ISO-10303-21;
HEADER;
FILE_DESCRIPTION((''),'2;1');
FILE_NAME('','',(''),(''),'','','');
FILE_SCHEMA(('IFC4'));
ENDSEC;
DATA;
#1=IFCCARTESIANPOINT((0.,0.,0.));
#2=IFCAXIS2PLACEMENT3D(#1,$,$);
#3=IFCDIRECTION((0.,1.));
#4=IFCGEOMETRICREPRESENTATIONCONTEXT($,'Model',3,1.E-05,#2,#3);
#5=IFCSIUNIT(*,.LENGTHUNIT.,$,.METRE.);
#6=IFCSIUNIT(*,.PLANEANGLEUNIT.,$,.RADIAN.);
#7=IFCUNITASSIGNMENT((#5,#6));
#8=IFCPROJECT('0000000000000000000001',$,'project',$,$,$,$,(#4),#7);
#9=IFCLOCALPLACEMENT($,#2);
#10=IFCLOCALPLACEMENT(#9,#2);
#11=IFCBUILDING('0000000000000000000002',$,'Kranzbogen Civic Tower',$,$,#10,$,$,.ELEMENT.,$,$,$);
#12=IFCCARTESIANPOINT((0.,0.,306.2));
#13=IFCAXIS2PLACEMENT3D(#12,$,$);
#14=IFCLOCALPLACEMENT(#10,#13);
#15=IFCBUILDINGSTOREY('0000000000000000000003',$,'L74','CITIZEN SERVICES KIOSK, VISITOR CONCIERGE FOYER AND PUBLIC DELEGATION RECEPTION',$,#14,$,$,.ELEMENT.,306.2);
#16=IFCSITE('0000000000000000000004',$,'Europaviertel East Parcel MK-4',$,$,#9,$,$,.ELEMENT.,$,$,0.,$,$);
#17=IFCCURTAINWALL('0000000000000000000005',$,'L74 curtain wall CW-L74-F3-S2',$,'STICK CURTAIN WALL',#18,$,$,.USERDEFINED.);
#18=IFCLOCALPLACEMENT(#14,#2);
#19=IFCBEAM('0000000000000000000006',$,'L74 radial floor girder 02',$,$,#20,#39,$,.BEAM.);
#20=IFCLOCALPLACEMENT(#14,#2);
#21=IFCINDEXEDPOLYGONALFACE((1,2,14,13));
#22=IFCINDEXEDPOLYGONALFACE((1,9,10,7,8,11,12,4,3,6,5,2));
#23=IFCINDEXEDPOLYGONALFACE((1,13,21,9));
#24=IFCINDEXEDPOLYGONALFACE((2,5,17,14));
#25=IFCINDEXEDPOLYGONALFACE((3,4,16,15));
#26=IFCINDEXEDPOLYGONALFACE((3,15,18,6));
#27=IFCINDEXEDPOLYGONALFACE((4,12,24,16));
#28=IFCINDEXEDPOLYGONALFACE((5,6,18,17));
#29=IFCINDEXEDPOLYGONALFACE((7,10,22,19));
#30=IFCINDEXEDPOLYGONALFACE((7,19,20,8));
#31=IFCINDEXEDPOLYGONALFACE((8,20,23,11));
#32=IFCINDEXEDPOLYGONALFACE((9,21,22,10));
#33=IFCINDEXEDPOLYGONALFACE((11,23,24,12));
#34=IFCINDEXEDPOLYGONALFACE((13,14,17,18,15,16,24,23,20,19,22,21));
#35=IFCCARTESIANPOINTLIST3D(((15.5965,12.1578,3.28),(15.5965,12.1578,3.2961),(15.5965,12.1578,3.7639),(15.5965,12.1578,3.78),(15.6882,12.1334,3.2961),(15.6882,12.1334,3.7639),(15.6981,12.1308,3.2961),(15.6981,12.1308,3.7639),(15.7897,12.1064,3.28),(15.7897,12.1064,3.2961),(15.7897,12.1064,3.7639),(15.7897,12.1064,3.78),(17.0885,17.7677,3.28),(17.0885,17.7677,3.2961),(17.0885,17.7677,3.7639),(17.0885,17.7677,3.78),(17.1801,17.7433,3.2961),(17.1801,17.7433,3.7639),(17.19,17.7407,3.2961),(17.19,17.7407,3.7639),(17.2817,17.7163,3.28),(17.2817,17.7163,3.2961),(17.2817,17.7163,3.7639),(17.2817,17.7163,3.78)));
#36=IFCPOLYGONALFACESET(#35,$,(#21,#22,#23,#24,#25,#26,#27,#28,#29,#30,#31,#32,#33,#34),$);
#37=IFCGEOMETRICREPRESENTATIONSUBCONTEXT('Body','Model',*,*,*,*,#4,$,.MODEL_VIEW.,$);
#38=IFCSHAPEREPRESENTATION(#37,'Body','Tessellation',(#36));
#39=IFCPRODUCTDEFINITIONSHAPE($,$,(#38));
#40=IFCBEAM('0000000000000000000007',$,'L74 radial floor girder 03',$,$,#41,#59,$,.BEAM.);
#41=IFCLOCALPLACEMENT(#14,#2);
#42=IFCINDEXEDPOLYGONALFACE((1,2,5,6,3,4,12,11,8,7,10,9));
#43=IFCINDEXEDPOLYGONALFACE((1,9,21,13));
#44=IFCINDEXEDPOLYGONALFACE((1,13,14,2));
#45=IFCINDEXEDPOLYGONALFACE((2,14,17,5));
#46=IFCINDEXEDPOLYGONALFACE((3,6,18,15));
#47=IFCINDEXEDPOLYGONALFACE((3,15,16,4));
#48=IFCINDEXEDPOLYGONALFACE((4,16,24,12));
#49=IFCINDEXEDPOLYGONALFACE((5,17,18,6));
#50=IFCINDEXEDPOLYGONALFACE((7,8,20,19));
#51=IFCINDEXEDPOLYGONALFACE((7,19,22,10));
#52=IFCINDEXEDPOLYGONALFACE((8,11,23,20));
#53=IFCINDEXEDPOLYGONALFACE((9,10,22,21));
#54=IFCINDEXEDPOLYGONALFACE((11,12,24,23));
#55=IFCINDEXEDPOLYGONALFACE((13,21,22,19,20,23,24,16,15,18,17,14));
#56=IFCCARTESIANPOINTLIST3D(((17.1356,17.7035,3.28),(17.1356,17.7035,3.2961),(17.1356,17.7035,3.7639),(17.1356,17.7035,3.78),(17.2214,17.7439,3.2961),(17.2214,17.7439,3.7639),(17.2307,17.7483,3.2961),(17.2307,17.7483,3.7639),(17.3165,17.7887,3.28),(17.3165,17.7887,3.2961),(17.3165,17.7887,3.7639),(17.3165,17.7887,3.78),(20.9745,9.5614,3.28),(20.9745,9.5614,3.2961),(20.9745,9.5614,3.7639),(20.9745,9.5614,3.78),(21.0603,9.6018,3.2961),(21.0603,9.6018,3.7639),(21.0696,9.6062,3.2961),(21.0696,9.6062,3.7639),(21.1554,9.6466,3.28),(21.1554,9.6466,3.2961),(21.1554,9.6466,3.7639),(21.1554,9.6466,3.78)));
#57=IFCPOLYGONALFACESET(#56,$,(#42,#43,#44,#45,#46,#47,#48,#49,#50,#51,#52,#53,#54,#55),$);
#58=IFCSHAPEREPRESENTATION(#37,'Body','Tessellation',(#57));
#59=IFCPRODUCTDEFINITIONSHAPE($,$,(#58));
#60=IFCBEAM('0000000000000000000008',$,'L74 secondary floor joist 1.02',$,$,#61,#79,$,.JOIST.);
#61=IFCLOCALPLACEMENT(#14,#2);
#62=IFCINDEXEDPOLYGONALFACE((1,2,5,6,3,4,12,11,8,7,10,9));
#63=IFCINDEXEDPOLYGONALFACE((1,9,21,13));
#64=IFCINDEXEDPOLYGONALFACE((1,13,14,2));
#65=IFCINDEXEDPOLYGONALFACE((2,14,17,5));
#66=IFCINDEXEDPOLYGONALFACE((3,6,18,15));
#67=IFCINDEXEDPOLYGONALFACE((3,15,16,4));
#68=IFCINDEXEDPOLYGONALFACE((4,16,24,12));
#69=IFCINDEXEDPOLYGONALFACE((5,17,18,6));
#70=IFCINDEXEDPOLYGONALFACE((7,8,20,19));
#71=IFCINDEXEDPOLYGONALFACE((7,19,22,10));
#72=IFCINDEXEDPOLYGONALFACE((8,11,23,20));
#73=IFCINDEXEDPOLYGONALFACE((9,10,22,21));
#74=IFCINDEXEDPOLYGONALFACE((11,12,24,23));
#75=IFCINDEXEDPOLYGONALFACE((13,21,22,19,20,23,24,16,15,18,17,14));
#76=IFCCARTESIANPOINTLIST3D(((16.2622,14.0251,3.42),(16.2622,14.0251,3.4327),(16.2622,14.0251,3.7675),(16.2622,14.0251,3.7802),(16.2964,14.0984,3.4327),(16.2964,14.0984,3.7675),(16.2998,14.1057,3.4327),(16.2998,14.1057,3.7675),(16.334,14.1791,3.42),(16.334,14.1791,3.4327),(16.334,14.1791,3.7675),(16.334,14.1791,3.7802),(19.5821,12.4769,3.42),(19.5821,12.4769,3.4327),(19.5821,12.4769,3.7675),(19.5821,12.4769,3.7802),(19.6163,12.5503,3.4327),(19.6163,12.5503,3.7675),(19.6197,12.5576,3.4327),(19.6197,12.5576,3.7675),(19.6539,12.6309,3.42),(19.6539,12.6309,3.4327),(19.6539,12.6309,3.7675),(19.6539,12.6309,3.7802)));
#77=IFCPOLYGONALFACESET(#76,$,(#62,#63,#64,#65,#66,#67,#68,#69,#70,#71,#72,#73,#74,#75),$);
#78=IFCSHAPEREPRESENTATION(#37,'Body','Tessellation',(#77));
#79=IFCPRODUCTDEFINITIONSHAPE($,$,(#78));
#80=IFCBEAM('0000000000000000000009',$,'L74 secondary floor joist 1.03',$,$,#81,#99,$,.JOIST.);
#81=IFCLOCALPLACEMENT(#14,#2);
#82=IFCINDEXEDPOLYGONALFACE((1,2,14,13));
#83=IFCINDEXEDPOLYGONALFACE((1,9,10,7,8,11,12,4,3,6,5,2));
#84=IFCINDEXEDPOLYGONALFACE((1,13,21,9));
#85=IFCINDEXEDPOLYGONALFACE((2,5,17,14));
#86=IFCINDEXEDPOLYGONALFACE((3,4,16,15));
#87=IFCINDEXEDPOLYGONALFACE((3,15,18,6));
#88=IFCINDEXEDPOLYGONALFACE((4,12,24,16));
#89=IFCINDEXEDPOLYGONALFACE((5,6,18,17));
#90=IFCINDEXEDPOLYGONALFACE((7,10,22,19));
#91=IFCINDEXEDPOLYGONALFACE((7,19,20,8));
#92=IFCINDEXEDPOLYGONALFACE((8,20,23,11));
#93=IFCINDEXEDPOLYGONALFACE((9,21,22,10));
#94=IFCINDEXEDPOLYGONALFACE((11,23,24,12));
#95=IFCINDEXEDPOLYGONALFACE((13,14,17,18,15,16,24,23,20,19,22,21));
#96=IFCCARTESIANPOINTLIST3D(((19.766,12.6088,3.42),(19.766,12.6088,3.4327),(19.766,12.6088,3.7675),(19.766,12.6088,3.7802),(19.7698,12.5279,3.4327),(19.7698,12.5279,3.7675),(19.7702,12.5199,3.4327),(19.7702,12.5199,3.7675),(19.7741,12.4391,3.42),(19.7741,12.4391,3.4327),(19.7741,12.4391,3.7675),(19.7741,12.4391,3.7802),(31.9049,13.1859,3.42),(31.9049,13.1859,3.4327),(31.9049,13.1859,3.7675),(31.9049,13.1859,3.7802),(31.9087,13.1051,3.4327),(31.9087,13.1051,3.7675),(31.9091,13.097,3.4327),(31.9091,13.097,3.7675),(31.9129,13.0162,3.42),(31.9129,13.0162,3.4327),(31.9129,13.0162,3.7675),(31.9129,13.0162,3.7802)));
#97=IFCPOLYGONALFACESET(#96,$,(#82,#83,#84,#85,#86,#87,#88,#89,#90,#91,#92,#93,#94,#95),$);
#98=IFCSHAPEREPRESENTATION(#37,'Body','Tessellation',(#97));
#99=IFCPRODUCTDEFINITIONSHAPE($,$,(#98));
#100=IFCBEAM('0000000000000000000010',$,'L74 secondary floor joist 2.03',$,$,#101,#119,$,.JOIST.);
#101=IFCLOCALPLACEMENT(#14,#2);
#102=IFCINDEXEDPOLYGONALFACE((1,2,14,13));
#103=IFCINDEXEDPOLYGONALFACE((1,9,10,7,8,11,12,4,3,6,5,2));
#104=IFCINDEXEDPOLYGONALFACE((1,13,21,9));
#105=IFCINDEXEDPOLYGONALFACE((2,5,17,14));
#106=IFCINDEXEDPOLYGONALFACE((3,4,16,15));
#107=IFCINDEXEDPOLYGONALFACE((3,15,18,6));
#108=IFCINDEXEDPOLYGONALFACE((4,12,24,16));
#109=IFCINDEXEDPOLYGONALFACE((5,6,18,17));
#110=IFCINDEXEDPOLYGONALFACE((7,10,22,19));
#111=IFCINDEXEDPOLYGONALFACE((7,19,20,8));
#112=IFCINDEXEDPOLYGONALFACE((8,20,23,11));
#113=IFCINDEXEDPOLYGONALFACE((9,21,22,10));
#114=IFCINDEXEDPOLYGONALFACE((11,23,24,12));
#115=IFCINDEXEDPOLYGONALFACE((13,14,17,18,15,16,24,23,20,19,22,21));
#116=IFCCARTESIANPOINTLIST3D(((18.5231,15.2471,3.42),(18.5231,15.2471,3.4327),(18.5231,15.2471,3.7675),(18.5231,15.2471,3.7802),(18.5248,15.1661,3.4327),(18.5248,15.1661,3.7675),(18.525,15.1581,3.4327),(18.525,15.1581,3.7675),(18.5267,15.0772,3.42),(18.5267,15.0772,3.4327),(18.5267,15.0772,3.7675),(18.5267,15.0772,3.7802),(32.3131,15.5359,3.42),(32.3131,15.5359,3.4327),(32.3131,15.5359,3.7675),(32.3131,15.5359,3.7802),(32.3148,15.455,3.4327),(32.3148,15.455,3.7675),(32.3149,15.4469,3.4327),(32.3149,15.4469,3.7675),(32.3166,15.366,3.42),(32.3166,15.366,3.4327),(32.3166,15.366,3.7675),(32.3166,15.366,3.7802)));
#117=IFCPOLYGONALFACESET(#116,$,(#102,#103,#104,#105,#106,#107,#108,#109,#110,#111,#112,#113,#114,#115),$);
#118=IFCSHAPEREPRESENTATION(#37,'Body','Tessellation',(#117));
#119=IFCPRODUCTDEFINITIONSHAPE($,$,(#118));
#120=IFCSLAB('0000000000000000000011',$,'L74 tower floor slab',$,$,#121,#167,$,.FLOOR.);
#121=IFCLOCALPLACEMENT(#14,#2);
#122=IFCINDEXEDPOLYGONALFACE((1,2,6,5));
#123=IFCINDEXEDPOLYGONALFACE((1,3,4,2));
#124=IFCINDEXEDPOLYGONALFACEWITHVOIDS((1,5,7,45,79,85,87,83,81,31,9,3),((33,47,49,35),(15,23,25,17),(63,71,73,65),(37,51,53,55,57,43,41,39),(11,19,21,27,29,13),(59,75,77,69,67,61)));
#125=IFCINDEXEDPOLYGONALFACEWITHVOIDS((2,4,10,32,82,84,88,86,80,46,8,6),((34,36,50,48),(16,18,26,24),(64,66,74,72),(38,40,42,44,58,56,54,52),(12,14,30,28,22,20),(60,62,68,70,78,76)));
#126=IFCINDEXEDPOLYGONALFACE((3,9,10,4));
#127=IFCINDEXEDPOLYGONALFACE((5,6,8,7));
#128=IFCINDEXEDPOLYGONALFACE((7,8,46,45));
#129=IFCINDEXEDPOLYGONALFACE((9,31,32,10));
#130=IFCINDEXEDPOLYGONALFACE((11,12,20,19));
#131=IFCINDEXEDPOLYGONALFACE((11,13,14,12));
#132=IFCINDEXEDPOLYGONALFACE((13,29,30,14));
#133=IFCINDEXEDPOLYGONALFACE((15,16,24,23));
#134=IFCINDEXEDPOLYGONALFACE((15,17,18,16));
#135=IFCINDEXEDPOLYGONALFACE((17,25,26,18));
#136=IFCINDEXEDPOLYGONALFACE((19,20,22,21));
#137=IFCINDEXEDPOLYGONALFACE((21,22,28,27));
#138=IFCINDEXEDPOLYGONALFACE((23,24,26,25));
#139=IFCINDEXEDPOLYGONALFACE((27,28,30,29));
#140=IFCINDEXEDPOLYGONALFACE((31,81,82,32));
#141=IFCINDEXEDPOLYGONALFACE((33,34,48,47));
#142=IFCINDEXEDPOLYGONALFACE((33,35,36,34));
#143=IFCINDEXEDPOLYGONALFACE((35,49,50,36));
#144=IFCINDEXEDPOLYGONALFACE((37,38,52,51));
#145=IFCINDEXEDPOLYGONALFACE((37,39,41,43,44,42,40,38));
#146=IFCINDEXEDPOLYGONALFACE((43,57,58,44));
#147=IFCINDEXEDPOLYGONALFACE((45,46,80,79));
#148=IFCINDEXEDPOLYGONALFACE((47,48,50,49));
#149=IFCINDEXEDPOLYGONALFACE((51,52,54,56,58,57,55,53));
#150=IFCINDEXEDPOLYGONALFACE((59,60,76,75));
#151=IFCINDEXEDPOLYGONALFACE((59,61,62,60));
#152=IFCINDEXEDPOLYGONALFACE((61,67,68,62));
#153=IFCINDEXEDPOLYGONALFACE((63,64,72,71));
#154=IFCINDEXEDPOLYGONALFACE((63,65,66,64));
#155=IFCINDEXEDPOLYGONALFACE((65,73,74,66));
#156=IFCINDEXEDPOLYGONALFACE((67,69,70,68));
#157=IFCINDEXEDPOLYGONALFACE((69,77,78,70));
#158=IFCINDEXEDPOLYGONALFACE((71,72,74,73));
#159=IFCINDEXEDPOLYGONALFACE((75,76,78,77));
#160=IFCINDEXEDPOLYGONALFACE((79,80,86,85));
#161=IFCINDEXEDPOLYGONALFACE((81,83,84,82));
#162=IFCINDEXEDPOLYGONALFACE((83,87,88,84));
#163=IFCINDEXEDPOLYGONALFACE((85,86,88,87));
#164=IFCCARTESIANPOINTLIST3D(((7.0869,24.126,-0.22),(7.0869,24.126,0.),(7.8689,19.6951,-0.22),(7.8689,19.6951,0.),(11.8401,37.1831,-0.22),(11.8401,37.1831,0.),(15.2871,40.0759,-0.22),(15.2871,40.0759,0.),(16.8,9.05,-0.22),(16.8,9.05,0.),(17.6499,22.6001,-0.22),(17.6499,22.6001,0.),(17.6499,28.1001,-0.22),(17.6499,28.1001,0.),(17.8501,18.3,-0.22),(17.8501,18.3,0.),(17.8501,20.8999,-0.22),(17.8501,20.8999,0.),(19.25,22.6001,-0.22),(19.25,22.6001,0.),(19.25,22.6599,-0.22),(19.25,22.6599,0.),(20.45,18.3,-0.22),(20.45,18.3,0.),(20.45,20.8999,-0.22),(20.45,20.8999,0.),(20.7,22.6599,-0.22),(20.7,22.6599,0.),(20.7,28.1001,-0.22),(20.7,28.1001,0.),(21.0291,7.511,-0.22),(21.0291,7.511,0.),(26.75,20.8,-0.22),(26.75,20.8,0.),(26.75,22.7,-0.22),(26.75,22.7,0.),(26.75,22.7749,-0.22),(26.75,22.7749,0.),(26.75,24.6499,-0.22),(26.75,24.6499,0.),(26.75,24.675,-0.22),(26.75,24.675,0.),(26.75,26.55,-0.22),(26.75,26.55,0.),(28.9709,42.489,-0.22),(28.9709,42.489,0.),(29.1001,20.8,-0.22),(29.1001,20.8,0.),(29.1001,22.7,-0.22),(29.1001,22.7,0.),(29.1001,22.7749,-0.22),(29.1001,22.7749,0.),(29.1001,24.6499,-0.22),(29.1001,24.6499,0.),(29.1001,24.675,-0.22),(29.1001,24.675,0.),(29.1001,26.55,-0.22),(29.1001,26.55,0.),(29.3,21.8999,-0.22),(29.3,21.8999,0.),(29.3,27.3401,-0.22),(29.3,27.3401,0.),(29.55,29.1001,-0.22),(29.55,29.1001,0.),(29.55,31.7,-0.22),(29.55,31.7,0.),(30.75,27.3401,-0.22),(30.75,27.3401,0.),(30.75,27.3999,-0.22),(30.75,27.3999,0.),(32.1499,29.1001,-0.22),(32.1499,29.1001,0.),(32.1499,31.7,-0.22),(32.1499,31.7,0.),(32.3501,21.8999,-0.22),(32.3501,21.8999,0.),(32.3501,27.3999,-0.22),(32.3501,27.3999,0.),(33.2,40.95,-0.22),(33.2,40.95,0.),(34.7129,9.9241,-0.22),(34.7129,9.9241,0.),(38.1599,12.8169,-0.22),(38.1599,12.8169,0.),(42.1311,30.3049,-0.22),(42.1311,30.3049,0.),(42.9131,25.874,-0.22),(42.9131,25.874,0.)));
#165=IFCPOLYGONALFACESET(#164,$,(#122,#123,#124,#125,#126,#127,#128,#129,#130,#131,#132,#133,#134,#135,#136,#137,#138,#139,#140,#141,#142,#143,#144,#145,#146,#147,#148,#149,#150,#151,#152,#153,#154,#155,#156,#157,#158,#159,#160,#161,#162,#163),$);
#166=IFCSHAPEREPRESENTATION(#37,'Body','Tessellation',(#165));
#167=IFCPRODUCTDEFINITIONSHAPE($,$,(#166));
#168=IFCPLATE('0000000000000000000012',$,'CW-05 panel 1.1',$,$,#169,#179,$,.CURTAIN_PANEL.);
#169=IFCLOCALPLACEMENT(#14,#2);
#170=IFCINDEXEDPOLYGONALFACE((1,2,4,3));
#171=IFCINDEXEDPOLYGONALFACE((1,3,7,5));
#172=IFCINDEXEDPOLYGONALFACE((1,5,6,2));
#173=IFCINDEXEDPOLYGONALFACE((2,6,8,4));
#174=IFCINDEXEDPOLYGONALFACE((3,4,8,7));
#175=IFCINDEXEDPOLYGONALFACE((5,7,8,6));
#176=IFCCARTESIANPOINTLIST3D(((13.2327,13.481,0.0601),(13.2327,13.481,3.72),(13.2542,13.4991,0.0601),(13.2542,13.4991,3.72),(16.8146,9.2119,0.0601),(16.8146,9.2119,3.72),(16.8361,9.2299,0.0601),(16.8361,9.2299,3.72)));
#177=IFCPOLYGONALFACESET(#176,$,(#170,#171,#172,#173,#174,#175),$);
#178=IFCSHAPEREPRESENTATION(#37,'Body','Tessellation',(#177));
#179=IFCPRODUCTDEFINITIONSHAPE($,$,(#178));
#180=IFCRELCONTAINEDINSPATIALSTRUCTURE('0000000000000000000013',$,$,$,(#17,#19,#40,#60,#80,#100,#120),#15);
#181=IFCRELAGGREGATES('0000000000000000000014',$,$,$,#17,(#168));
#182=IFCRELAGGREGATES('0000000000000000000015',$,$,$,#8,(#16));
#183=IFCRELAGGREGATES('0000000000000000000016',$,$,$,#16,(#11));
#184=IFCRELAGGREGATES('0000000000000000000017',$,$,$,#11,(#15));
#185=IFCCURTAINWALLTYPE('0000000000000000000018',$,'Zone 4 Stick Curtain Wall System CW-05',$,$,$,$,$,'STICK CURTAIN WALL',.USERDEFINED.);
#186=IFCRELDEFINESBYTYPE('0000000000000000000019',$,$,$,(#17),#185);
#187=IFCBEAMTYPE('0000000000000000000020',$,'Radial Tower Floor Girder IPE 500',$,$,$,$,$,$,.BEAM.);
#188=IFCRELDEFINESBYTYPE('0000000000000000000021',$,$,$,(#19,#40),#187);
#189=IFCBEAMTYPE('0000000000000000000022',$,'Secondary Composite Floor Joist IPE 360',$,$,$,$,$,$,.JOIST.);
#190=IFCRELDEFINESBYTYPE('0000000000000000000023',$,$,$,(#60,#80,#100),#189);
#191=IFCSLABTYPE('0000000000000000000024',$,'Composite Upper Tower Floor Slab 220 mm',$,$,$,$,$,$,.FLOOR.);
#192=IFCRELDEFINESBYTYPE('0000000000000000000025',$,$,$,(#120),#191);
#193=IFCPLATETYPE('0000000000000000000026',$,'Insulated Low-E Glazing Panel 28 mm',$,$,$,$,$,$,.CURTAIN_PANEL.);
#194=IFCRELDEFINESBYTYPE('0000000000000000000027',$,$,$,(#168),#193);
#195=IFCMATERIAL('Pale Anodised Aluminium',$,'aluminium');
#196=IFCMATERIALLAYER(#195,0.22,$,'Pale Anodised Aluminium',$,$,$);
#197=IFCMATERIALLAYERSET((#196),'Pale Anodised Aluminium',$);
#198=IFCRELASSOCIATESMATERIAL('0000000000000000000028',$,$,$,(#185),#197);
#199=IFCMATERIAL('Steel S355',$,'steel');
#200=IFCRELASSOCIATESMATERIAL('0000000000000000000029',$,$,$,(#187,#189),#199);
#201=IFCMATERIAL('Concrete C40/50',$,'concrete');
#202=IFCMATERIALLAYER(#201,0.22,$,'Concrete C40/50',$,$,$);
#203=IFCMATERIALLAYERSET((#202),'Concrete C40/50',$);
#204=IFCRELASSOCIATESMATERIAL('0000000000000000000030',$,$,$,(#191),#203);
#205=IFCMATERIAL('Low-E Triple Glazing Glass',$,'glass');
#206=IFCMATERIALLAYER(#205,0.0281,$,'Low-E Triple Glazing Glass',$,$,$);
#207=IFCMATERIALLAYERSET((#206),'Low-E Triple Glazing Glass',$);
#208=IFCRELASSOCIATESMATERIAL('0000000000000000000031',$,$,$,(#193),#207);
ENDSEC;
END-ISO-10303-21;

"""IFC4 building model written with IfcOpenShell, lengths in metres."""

from ifc_helpers import new_model, si_unit, direction, frame, origin, origin_2d, place, context, subcontext, project, spatial, polyline, rectangle, i_section, outline, extrude, material, layer, layer_set, material_profile, profile_set, type_object, element, aggregate, save


model = new_model("IFC4")

# Units and contexts
model_context = context("Model", 3, precision=1e-05, world=origin(), true_north=direction((0.0, 1.0)))
body_context = subcontext(model_context, "Body", "Model", "MODEL_VIEW")
ifc_project = project(units=[si_unit("LENGTHUNIT", "METRE"), si_unit("PLANEANGLEUNIT", "RADIAN")], contexts=[model_context])

# Site, building, storey
site_placement = place(None, origin())
site = spatial("IfcSite", under=ifc_project, at=site_placement, Name="Europaviertel East Parcel MK-4", CompositionType="ELEMENT", RefElevation=0.0)
building_placement = place(site_placement, origin())
building = spatial("IfcBuilding", under=site, at=building_placement, Name="Kranzbogen Civic Tower", CompositionType="ELEMENT")
storey_placement = place(building_placement, frame((0.0, 0.0, 306.2)))
storey = spatial("IfcBuildingStorey", under=building, at=storey_placement, Name="L74", Description="CITIZEN SERVICES KIOSK, VISITOR CONCIERGE FOYER AND PUBLIC DELEGATION RECEPTION", CompositionType="ELEMENT", Elevation=306.2)

# Shared definitions
ifc_material_1 = material(Name="Steel S355", Category="steel")

# Curtain wall
ifc_material_2 = material(Name="Pale Anodised Aluminium", Category="aluminium")
ifc_layer_1 = layer(ifc_material_2, 0.22, Name="Pale Anodised Aluminium")
ifc_layer_set_1 = layer_set([ifc_layer_1], Name="Pale Anodised Aluminium")
curtain_wall_type = type_object("IfcCurtainWallType", Name="Zone 4 Stick Curtain Wall System CW-05", ElementType="STICK CURTAIN WALL", PredefinedType="USERDEFINED", material=ifc_layer_set_1)
curtain_wall_1_placement = place(storey_placement, origin())
curtain_wall_1 = element("IfcCurtainWall", 1, at=curtain_wall_1_placement, inside=storey, type_object=curtain_wall_type, Name="L74 curtain wall CW-L74-F3-S2", ObjectType="STICK CURTAIN WALL", PredefinedType="USERDEFINED")

# Beams
ifc_material_profile_1 = material_profile(ifc_material_1, i_section(OverallWidth=0.2, OverallDepth=0.5, WebThickness=0.0103, FlangeThickness=0.0161, at=origin_2d()), Name="IPE 500")
ifc_profile_set_1 = profile_set([ifc_material_profile_1], Name="Steel S355")
beam_type_1 = type_object("IfcBeamType", Name="Radial Tower Floor Girder IPE 500", PredefinedType="BEAM", material=ifc_profile_set_1)
beam_1_placement = place(storey_placement, frame((15.6931, 12.1321, 3.53), z_axis=(0.257016, 0.966407, 0.0), x_axis=(-0.966407, 0.257016, 0.0)))
element("IfcBeam", 2, at=beam_1_placement, inside=storey, type_object=beam_type_1, Name="L74 radial floor girder 02", PredefinedType="BEAM", context=body_context, shape_type="SweptSolid", body=[
    extrude(i_section(OverallWidth=0.2, OverallDepth=0.5, WebThickness=0.0103, FlangeThickness=0.0161, at=origin_2d()), origin(), (0.0, 0.0, 1.0), 5.8049),
])
beam_2_placement = place(storey_placement, frame((21.0649, 9.604, 3.53), z_axis=(-0.42646, 0.904506, 0.0), x_axis=(-0.904506, -0.42646, 0.0)))
element("IfcBeam", 3, at=beam_2_placement, inside=storey, type_object=beam_type_1, Name="L74 radial floor girder 03", PredefinedType="BEAM", context=body_context, shape_type="SweptSolid", body=[
    extrude(i_section(OverallWidth=0.2, OverallDepth=0.5, WebThickness=0.0103, FlangeThickness=0.0161, at=origin_2d()), origin(), (0.0, 0.0, 1.0), 9.0017),
])
ifc_material_profile_2 = material_profile(ifc_material_1, i_section(OverallWidth=0.1699, OverallDepth=0.3601, WebThickness=0.0081, FlangeThickness=0.0127, at=origin_2d()), Name="IPE 360")
ifc_profile_set_2 = profile_set([ifc_material_profile_2], Name="Steel S355")
beam_type_2 = type_object("IfcBeamType", Name="Secondary Composite Floor Joist IPE 360", PredefinedType="JOIST", material=ifc_profile_set_2)
beam_3_placement = place(storey_placement, frame((16.2981, 14.1021, 3.6001), z_axis=(0.906304, -0.422626, 0.0), x_axis=(0.422626, 0.906304, 0.0)))
element("IfcBeam", 4, at=beam_3_placement, inside=storey, type_object=beam_type_2, Name="L74 secondary floor joist 1.02", PredefinedType="JOIST", context=body_context, shape_type="SweptSolid", body=[
    extrude(i_section(OverallWidth=0.1699, OverallDepth=0.3601, WebThickness=0.0081, FlangeThickness=0.0127, at=origin_2d()), origin(), (0.0, 0.0, 1.0), 3.6631),
])
beam_4_placement = place(storey_placement, frame((19.77, 12.5239, 3.6001), z_axis=(0.998872, 0.047492, 0.0), x_axis=(-0.047492, 0.998872, 0.0)))
element("IfcBeam", 5, at=beam_4_placement, inside=storey, type_object=beam_type_2, Name="L74 secondary floor joist 1.03", PredefinedType="JOIST", context=body_context, shape_type="SweptSolid", body=[
    extrude(i_section(OverallWidth=0.1699, OverallDepth=0.3601, WebThickness=0.0081, FlangeThickness=0.0127, at=origin_2d()), origin(), (0.0, 0.0, 1.0), 12.1526),
])
beam_5_placement = place(storey_placement, frame((18.5249, 15.1621, 3.6001), z_axis=(0.999781, 0.020939, 0.0), x_axis=(-0.020939, 0.999781, 0.0)))
element("IfcBeam", 6, at=beam_5_placement, inside=storey, type_object=beam_type_2, Name="L74 secondary floor joist 2.03", PredefinedType="JOIST", context=body_context, shape_type="SweptSolid", body=[
    extrude(i_section(OverallWidth=0.1699, OverallDepth=0.3601, WebThickness=0.0081, FlangeThickness=0.0127, at=origin_2d()), origin(), (0.0, 0.0, 1.0), 13.793),
])

# Slab
ifc_material_3 = material(Name="Concrete C40/50", Category="concrete")
ifc_layer_2 = layer(ifc_material_3, 0.22, Name="Concrete C40/50")
ifc_layer_set_2 = layer_set([ifc_layer_2], Name="Concrete C40/50")
slab_type_1 = type_object("IfcSlabType", Name="Composite Upper Tower Floor Slab 220 mm", PredefinedType="FLOOR", material=ifc_layer_set_2)
slab_1_placement = place(storey_placement, frame((0.0, 0.0, -0.22)))
element("IfcSlab", 7, at=slab_1_placement, inside=storey, type_object=slab_type_1, Name="L74 tower floor slab", PredefinedType="FLOOR", context=body_context, shape_type="SweptSolid", body=[
    extrude(outline(polyline([(28.9709, 42.489), (15.2871, 40.0759), (11.8401, 37.1831), (7.0869, 24.126), (7.8689, 19.6951), (16.8, 9.05), (21.0291, 7.511), (34.7129, 9.9241), (38.1599, 12.8169), (42.9131, 25.874), (42.1311, 30.3049), (33.2, 40.95), (28.9709, 42.489)]), holes=[polyline([(17.8501, 20.8999), (20.45, 20.8999), (20.45, 18.3), (17.8501, 18.3), (17.8501, 20.8999)]), polyline([(29.1001, 22.7), (29.1001, 20.8), (26.75, 20.8), (26.75, 22.7), (29.1001, 22.7)]), polyline([(29.1001, 24.6499), (29.1001, 22.7749), (26.75, 22.7749), (26.75, 24.6499), (26.75, 24.675), (26.75, 26.55), (29.1001, 26.55), (29.1001, 24.675), (29.1001, 24.6499)]), polyline([(29.3, 27.3401), (30.75, 27.3401), (30.75, 27.3999), (32.3501, 27.3999), (32.3501, 21.8999), (29.3, 21.8999), (29.3, 27.3401)]), polyline([(20.7, 22.6599), (19.25, 22.6599), (19.25, 22.6001), (17.6499, 22.6001), (17.6499, 28.1001), (20.7, 28.1001), (20.7, 22.6599)]), polyline([(32.1499, 31.7), (32.1499, 29.1001), (29.55, 29.1001), (29.55, 31.7), (32.1499, 31.7)])]), origin(), (0.0, 0.0, 1.0), 0.22),
])

# Plate
ifc_material_4 = material(Name="Low-E Triple Glazing Glass", Category="glass")
ifc_layer_3 = layer(ifc_material_4, 0.0281, Name="Low-E Triple Glazing Glass")
ifc_layer_set_3 = layer_set([ifc_layer_3], Name="Low-E Triple Glazing Glass")
plate_type = type_object("IfcPlateType", Name="Insulated Low-E Glazing Panel 28 mm", PredefinedType="CURTAIN_PANEL", material=ifc_layer_set_3)
plate_placement = place(storey_placement, frame((15.0344, 11.3555, 0.0601), z_axis=(0.0, 0.0, 1.0), x_axis=(0.642755, -0.766072, 0.0)))
plate = element("IfcPlate", 8, at=plate_placement, type_object=plate_type, Name="CW-05 panel 1.1", PredefinedType="CURTAIN_PANEL", context=body_context, shape_type="SweptSolid", body=[
    extrude(rectangle(XDim=5.5728, YDim=0.0281, at=origin_2d()), origin(), (0.0, 0.0, 1.0), 3.6599),
])
aggregate(curtain_wall_1, [plate])

save(model, "model.ifc")
